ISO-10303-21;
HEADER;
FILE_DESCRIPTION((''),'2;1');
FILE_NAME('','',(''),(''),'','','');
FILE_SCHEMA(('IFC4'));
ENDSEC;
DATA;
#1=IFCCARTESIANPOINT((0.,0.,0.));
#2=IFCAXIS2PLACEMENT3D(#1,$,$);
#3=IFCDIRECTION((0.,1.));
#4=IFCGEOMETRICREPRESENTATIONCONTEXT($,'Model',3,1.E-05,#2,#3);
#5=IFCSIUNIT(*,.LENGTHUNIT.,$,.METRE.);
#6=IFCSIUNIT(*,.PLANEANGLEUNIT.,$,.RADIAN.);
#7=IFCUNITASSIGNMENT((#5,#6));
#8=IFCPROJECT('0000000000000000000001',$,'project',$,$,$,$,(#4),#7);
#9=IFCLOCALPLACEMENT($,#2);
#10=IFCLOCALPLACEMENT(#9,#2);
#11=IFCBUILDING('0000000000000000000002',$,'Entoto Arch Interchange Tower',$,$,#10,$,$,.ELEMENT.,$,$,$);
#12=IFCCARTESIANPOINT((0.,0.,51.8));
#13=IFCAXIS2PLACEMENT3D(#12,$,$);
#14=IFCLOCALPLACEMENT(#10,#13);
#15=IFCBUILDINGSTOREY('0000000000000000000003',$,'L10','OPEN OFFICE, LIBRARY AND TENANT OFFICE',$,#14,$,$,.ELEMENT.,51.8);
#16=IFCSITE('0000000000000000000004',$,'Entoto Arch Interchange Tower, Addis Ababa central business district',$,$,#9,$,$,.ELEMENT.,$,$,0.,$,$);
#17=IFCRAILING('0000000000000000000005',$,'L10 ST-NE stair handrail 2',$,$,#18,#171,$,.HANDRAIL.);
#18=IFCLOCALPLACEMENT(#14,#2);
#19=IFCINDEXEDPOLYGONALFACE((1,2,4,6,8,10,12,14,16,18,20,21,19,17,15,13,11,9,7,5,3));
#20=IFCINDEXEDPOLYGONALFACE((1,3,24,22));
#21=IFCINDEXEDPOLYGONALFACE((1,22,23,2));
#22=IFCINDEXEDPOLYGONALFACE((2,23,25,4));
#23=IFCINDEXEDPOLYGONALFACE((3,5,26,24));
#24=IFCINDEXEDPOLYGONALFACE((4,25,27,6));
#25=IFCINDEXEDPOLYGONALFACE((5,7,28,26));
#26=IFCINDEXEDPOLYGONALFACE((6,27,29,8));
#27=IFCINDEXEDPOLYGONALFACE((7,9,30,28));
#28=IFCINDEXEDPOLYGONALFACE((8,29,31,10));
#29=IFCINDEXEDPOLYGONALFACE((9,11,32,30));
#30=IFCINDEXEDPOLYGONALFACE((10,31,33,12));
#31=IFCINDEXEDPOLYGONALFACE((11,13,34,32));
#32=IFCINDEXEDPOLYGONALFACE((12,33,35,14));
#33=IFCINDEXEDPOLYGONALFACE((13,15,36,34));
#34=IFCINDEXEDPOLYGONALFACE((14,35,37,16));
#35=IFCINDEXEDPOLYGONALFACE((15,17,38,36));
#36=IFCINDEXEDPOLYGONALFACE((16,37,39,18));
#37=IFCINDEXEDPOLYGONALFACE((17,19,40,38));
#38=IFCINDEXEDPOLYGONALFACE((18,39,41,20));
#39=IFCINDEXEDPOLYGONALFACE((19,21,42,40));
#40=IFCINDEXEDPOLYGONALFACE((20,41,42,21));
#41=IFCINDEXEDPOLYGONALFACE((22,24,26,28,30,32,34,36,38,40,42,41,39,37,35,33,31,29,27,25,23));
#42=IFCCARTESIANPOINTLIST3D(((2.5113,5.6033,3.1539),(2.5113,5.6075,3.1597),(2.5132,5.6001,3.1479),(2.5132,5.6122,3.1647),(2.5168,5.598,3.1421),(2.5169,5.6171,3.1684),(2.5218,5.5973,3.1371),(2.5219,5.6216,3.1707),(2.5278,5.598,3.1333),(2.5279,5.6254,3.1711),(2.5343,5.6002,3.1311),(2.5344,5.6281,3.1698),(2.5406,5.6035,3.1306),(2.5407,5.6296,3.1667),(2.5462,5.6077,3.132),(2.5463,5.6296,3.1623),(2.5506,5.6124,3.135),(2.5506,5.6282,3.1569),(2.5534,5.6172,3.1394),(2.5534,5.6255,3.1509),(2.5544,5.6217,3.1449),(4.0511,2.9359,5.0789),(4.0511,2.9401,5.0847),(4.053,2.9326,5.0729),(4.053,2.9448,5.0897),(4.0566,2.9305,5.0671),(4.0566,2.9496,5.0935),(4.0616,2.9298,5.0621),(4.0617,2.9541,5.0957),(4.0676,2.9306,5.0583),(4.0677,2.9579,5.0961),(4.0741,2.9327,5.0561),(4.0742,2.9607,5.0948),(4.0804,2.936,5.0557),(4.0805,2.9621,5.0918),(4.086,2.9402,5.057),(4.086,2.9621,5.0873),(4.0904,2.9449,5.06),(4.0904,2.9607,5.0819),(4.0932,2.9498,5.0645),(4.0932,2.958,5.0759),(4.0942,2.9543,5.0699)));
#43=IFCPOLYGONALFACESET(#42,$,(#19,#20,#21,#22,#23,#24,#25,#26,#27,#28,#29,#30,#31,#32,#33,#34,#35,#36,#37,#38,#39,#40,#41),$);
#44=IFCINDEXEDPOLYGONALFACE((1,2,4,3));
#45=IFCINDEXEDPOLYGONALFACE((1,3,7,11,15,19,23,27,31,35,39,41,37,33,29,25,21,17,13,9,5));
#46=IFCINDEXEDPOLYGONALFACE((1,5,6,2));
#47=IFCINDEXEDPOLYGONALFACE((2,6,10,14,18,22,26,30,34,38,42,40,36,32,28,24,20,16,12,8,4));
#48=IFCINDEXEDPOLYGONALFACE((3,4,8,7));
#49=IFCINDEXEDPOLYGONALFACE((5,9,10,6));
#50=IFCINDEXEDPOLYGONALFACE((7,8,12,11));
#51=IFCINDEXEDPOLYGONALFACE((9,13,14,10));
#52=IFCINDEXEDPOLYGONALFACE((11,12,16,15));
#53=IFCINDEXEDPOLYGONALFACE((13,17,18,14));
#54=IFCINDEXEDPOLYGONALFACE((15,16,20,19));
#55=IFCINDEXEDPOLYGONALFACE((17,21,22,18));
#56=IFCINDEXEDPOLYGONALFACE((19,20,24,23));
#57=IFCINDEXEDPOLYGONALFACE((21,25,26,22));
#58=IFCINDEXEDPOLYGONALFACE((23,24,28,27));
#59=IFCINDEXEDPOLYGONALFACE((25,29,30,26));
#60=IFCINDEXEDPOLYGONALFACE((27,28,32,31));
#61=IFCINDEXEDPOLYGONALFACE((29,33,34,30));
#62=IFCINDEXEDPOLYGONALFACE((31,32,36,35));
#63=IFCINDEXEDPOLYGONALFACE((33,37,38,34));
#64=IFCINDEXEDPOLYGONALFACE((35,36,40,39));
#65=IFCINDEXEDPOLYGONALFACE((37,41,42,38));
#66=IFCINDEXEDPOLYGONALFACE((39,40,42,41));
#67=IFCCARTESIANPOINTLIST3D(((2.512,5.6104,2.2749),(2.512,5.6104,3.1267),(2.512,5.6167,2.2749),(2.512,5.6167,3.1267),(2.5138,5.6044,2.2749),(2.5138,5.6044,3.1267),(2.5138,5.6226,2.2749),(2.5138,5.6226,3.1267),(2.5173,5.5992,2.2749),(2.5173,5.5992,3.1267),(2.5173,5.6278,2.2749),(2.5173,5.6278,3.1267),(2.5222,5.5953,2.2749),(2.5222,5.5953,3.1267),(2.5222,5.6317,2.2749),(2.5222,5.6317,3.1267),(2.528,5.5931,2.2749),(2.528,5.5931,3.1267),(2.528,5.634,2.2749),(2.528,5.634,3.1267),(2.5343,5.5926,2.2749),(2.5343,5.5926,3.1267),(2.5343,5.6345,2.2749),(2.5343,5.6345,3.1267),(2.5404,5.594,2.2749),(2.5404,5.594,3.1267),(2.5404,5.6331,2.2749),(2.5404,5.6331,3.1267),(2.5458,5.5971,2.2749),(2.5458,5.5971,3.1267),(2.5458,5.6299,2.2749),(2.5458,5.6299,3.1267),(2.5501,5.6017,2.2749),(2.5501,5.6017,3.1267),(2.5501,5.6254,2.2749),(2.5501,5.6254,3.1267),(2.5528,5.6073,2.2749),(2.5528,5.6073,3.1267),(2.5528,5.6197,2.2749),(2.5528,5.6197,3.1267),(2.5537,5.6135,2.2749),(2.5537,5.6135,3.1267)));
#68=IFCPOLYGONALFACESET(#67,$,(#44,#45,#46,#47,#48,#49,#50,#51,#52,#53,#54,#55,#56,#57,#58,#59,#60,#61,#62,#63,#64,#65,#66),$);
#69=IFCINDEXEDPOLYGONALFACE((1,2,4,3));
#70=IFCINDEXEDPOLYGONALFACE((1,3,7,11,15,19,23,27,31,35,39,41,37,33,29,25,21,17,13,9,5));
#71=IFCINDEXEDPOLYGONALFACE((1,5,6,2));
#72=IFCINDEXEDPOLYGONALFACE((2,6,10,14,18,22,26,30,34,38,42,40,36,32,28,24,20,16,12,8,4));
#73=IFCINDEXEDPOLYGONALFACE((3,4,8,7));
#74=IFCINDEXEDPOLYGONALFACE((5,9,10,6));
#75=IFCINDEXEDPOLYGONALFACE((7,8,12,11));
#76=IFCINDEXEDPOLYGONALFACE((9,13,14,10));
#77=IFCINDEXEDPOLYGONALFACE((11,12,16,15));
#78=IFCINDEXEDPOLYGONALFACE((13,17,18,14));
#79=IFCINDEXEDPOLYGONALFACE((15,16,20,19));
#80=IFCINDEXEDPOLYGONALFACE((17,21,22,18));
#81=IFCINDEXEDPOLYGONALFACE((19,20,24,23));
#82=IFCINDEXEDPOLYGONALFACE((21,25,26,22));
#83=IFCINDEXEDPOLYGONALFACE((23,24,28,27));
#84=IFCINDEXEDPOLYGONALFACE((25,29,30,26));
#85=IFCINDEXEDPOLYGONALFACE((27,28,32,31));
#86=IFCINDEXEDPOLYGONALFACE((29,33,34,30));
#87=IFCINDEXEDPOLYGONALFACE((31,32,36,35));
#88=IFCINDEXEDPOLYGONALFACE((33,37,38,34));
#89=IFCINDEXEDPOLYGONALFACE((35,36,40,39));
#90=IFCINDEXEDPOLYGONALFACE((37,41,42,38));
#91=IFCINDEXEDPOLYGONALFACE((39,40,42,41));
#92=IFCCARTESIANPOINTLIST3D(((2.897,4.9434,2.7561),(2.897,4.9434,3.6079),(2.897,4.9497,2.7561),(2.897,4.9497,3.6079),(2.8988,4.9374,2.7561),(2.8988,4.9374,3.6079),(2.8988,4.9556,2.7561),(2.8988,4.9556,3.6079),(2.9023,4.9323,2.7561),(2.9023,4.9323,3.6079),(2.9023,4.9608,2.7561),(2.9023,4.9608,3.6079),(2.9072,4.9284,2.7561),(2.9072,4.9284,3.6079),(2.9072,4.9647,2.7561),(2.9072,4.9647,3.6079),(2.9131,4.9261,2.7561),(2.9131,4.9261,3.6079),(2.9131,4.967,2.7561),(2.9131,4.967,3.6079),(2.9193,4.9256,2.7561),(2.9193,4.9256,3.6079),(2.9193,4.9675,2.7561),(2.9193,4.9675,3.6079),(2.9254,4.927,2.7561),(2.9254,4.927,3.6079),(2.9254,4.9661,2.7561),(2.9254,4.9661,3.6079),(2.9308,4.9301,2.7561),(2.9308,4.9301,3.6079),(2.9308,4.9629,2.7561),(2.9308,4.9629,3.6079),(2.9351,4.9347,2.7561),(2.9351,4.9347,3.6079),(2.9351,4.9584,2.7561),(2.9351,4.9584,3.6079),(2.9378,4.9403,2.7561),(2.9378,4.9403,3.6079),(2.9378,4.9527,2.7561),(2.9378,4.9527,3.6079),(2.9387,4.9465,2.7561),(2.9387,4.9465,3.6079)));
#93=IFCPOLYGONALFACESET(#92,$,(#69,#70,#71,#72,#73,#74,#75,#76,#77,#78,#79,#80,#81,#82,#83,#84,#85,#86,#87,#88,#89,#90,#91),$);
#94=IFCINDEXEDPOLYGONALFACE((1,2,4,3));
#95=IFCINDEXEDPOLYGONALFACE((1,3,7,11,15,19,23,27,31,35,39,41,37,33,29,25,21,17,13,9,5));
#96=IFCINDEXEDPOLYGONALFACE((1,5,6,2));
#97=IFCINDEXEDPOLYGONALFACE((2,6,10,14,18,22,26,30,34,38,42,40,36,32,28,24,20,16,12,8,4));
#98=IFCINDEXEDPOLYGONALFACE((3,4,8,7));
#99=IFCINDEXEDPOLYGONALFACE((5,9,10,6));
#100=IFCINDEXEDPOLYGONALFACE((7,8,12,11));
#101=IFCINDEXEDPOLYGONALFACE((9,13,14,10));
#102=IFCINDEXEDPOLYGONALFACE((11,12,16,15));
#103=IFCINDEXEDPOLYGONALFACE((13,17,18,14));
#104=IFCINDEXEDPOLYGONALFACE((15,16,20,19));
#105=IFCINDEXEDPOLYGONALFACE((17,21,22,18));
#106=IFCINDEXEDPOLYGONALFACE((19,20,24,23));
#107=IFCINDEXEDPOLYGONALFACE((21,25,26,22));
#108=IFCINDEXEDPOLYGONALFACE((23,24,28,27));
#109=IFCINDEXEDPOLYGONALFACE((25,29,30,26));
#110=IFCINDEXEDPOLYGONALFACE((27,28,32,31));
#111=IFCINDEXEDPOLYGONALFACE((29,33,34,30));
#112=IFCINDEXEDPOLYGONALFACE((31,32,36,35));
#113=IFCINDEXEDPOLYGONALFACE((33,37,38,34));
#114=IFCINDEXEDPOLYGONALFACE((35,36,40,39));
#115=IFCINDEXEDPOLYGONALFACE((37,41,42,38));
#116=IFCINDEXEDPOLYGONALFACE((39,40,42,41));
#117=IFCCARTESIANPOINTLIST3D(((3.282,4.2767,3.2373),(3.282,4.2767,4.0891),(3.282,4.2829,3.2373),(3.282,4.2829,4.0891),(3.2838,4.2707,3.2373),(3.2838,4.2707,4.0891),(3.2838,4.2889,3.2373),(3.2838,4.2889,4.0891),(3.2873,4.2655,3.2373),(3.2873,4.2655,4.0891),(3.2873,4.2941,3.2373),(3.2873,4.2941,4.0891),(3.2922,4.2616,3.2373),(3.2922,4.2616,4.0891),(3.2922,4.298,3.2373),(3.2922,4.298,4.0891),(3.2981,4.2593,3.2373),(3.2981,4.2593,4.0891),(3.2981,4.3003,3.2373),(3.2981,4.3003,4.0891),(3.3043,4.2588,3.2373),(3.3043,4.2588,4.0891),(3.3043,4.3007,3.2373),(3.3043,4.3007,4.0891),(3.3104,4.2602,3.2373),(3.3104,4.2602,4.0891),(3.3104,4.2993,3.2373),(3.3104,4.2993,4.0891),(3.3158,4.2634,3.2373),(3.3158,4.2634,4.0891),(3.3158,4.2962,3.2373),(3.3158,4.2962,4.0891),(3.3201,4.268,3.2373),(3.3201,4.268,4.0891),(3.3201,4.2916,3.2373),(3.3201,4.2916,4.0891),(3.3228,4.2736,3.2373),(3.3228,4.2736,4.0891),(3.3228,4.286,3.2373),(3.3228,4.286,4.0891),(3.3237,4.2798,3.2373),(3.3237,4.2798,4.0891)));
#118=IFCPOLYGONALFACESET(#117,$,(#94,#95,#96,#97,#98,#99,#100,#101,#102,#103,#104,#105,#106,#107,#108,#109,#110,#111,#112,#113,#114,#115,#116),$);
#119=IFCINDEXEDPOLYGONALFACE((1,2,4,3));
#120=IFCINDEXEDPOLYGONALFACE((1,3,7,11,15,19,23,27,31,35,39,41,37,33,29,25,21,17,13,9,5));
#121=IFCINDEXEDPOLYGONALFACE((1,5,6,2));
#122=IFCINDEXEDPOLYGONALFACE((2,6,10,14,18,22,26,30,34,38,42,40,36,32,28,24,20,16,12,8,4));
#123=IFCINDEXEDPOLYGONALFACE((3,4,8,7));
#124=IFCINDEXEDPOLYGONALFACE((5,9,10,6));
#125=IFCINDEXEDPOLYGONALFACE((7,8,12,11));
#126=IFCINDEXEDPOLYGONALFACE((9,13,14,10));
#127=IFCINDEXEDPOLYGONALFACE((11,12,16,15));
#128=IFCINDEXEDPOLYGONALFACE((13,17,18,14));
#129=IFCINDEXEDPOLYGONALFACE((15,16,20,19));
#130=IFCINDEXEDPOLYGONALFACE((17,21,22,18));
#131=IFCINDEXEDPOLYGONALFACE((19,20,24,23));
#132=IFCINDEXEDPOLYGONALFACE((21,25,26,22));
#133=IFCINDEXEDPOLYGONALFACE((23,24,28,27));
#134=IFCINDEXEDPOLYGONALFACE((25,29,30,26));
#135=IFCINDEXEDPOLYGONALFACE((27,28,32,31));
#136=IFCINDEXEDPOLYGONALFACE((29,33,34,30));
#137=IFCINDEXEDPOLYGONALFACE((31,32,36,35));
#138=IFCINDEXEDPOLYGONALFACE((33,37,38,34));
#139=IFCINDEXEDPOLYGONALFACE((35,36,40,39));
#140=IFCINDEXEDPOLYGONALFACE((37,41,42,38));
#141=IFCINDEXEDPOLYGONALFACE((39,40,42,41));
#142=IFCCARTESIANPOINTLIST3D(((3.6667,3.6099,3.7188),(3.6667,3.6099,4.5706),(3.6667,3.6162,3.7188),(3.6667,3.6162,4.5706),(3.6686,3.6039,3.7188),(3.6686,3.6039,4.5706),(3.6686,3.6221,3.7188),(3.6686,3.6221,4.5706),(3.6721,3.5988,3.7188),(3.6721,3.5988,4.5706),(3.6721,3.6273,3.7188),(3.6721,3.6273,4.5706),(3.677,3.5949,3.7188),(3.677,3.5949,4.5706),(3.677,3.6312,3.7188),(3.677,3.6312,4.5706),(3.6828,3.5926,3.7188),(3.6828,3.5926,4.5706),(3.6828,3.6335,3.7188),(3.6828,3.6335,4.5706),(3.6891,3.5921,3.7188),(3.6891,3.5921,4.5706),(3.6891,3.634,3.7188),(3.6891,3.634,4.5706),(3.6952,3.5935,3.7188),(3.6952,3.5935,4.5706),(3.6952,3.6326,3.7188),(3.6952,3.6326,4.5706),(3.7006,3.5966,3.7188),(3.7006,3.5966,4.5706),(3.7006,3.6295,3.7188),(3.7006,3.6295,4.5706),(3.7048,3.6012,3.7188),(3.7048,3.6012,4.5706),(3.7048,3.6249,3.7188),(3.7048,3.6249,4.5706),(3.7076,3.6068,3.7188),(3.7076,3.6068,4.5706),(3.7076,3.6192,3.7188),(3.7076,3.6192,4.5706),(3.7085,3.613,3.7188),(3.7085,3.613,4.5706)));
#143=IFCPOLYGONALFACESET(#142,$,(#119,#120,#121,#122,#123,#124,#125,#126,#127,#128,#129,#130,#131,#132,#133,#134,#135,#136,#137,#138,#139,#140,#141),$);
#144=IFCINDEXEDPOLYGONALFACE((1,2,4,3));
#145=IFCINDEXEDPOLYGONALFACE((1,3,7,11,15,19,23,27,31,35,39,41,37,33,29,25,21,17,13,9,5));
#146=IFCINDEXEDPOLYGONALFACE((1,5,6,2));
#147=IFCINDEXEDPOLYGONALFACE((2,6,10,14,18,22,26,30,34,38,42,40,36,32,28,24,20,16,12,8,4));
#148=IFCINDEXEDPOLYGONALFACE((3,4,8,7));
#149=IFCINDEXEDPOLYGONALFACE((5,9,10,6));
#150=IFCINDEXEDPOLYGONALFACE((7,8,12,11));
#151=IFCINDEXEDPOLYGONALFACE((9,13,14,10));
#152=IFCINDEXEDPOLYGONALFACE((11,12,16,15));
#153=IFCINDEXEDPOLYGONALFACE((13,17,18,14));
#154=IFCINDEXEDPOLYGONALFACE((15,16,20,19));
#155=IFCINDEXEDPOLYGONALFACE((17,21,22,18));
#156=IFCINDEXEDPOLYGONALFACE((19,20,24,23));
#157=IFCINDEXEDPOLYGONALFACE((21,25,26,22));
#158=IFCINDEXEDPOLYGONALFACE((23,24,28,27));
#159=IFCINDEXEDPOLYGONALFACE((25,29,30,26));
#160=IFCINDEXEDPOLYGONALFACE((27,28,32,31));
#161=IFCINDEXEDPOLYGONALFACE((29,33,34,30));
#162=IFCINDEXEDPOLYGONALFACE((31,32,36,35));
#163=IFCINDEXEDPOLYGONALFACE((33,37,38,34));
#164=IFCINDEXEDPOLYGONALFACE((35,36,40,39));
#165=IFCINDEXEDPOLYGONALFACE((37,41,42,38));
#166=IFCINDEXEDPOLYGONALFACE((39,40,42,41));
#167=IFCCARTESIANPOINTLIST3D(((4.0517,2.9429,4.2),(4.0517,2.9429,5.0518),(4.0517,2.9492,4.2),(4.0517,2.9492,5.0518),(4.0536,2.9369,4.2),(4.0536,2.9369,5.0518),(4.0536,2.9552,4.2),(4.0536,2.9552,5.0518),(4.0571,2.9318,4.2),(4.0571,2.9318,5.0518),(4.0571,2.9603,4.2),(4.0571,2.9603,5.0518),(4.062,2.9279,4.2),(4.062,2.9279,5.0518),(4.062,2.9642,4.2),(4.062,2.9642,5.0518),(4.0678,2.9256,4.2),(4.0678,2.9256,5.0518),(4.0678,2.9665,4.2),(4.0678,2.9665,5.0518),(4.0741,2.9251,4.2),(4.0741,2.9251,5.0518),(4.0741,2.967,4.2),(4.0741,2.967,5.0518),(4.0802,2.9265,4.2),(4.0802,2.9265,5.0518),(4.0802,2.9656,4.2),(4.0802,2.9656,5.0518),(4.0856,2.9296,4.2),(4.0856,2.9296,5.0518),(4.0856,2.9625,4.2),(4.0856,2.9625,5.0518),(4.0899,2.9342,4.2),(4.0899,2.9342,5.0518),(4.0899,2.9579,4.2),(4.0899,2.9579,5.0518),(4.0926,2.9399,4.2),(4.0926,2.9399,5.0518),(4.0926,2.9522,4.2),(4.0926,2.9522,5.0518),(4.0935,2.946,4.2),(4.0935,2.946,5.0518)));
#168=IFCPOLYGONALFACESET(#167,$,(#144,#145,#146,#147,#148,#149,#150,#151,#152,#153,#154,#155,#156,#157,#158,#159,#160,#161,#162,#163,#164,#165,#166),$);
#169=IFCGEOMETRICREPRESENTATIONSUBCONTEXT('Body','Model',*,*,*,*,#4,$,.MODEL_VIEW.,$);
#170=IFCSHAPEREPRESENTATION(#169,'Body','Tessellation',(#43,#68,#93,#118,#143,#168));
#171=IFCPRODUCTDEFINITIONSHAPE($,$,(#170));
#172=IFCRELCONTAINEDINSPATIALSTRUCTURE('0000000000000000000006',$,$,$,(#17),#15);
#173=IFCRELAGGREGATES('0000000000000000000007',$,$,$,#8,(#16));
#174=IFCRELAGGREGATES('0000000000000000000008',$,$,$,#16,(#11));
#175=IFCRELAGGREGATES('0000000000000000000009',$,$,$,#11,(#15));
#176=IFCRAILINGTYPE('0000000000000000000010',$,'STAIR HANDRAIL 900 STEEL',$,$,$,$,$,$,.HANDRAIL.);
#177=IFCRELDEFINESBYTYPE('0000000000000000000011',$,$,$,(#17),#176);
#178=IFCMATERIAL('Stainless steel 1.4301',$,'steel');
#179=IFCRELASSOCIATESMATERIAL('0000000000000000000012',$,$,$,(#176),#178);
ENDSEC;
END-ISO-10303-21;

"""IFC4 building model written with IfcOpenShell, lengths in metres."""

from ifc_helpers import new_model, si_unit, direction, frame, origin, origin_2d, place, context, subcontext, project, spatial, circle, extrude, material, type_object, element, save


model = new_model("IFC4")

# Units and contexts
model_context = context("Model", 3, precision=1e-05, world=origin(), true_north=direction((0.0, 1.0)))
body_context = subcontext(model_context, "Body", "Model", "MODEL_VIEW")
ifc_project = project(units=[si_unit("LENGTHUNIT", "METRE"), si_unit("PLANEANGLEUNIT", "RADIAN")], contexts=[model_context])

# Site, building, storey
site_placement = place(None, origin())
site = spatial("IfcSite", under=ifc_project, at=site_placement, Name="Entoto Arch Interchange Tower, Addis Ababa central business district", CompositionType="ELEMENT", RefElevation=0.0)
building_placement = place(site_placement, origin())
building = spatial("IfcBuilding", under=site, at=building_placement, Name="Entoto Arch Interchange Tower", CompositionType="ELEMENT")
storey_placement = place(building_placement, frame((0.0, 0.0, 51.8)))
storey = spatial("IfcBuildingStorey", under=building, at=storey_placement, Name="L10", Description="OPEN OFFICE, LIBRARY AND TENANT OFFICE", CompositionType="ELEMENT", Elevation=51.8)

# Railing
ifc_material_1 = material(Name="Stainless steel 1.4301", Category="steel")
railing_type_1 = type_object("IfcRailingType", Name="STAIR HANDRAIL 900 STEEL", PredefinedType="HANDRAIL", material=ifc_material_1)
railing_1_placement = place(storey_placement, frame((2.5327, 5.6135, 2.2749)))
element("IfcRailing", 1, at=railing_1_placement, inside=storey, type_object=railing_type_1, Name="L10 ST-NE stair handrail 2", PredefinedType="HANDRAIL", context=body_context, shape_type="SweptSolid", body=[
    extrude(circle(Radius=0.0239, at=origin_2d()), frame((0.0, 0.0, 0.876), z_axis=(0.423939, -0.734416, 0.530008), x_axis=(0.866064, 0.499933, 0.0)), (0.0, 0.0, 1.0), 3.6321),
    extrude(circle(Radius=0.021, at=origin_2d()), origin(), (0.0, 0.0, 1.0), 0.8518),
    extrude(circle(Radius=0.021, at=origin_2d()), frame((0.385, -0.667, 0.4812)), (0.0, 0.0, 1.0), 0.8518),
    extrude(circle(Radius=0.021, at=origin_2d()), frame((0.77, -1.3337, 0.9624)), (0.0, 0.0, 1.0), 0.8518),
    extrude(circle(Radius=0.021, at=origin_2d()), frame((1.1548, -2.0005, 1.4438)), (0.0, 0.0, 1.0), 0.8518),
    extrude(circle(Radius=0.021, at=origin_2d()), frame((1.5398, -2.6675, 1.925)), (0.0, 0.0, 1.0), 0.8518),
])

save(model, "model.ifc")
